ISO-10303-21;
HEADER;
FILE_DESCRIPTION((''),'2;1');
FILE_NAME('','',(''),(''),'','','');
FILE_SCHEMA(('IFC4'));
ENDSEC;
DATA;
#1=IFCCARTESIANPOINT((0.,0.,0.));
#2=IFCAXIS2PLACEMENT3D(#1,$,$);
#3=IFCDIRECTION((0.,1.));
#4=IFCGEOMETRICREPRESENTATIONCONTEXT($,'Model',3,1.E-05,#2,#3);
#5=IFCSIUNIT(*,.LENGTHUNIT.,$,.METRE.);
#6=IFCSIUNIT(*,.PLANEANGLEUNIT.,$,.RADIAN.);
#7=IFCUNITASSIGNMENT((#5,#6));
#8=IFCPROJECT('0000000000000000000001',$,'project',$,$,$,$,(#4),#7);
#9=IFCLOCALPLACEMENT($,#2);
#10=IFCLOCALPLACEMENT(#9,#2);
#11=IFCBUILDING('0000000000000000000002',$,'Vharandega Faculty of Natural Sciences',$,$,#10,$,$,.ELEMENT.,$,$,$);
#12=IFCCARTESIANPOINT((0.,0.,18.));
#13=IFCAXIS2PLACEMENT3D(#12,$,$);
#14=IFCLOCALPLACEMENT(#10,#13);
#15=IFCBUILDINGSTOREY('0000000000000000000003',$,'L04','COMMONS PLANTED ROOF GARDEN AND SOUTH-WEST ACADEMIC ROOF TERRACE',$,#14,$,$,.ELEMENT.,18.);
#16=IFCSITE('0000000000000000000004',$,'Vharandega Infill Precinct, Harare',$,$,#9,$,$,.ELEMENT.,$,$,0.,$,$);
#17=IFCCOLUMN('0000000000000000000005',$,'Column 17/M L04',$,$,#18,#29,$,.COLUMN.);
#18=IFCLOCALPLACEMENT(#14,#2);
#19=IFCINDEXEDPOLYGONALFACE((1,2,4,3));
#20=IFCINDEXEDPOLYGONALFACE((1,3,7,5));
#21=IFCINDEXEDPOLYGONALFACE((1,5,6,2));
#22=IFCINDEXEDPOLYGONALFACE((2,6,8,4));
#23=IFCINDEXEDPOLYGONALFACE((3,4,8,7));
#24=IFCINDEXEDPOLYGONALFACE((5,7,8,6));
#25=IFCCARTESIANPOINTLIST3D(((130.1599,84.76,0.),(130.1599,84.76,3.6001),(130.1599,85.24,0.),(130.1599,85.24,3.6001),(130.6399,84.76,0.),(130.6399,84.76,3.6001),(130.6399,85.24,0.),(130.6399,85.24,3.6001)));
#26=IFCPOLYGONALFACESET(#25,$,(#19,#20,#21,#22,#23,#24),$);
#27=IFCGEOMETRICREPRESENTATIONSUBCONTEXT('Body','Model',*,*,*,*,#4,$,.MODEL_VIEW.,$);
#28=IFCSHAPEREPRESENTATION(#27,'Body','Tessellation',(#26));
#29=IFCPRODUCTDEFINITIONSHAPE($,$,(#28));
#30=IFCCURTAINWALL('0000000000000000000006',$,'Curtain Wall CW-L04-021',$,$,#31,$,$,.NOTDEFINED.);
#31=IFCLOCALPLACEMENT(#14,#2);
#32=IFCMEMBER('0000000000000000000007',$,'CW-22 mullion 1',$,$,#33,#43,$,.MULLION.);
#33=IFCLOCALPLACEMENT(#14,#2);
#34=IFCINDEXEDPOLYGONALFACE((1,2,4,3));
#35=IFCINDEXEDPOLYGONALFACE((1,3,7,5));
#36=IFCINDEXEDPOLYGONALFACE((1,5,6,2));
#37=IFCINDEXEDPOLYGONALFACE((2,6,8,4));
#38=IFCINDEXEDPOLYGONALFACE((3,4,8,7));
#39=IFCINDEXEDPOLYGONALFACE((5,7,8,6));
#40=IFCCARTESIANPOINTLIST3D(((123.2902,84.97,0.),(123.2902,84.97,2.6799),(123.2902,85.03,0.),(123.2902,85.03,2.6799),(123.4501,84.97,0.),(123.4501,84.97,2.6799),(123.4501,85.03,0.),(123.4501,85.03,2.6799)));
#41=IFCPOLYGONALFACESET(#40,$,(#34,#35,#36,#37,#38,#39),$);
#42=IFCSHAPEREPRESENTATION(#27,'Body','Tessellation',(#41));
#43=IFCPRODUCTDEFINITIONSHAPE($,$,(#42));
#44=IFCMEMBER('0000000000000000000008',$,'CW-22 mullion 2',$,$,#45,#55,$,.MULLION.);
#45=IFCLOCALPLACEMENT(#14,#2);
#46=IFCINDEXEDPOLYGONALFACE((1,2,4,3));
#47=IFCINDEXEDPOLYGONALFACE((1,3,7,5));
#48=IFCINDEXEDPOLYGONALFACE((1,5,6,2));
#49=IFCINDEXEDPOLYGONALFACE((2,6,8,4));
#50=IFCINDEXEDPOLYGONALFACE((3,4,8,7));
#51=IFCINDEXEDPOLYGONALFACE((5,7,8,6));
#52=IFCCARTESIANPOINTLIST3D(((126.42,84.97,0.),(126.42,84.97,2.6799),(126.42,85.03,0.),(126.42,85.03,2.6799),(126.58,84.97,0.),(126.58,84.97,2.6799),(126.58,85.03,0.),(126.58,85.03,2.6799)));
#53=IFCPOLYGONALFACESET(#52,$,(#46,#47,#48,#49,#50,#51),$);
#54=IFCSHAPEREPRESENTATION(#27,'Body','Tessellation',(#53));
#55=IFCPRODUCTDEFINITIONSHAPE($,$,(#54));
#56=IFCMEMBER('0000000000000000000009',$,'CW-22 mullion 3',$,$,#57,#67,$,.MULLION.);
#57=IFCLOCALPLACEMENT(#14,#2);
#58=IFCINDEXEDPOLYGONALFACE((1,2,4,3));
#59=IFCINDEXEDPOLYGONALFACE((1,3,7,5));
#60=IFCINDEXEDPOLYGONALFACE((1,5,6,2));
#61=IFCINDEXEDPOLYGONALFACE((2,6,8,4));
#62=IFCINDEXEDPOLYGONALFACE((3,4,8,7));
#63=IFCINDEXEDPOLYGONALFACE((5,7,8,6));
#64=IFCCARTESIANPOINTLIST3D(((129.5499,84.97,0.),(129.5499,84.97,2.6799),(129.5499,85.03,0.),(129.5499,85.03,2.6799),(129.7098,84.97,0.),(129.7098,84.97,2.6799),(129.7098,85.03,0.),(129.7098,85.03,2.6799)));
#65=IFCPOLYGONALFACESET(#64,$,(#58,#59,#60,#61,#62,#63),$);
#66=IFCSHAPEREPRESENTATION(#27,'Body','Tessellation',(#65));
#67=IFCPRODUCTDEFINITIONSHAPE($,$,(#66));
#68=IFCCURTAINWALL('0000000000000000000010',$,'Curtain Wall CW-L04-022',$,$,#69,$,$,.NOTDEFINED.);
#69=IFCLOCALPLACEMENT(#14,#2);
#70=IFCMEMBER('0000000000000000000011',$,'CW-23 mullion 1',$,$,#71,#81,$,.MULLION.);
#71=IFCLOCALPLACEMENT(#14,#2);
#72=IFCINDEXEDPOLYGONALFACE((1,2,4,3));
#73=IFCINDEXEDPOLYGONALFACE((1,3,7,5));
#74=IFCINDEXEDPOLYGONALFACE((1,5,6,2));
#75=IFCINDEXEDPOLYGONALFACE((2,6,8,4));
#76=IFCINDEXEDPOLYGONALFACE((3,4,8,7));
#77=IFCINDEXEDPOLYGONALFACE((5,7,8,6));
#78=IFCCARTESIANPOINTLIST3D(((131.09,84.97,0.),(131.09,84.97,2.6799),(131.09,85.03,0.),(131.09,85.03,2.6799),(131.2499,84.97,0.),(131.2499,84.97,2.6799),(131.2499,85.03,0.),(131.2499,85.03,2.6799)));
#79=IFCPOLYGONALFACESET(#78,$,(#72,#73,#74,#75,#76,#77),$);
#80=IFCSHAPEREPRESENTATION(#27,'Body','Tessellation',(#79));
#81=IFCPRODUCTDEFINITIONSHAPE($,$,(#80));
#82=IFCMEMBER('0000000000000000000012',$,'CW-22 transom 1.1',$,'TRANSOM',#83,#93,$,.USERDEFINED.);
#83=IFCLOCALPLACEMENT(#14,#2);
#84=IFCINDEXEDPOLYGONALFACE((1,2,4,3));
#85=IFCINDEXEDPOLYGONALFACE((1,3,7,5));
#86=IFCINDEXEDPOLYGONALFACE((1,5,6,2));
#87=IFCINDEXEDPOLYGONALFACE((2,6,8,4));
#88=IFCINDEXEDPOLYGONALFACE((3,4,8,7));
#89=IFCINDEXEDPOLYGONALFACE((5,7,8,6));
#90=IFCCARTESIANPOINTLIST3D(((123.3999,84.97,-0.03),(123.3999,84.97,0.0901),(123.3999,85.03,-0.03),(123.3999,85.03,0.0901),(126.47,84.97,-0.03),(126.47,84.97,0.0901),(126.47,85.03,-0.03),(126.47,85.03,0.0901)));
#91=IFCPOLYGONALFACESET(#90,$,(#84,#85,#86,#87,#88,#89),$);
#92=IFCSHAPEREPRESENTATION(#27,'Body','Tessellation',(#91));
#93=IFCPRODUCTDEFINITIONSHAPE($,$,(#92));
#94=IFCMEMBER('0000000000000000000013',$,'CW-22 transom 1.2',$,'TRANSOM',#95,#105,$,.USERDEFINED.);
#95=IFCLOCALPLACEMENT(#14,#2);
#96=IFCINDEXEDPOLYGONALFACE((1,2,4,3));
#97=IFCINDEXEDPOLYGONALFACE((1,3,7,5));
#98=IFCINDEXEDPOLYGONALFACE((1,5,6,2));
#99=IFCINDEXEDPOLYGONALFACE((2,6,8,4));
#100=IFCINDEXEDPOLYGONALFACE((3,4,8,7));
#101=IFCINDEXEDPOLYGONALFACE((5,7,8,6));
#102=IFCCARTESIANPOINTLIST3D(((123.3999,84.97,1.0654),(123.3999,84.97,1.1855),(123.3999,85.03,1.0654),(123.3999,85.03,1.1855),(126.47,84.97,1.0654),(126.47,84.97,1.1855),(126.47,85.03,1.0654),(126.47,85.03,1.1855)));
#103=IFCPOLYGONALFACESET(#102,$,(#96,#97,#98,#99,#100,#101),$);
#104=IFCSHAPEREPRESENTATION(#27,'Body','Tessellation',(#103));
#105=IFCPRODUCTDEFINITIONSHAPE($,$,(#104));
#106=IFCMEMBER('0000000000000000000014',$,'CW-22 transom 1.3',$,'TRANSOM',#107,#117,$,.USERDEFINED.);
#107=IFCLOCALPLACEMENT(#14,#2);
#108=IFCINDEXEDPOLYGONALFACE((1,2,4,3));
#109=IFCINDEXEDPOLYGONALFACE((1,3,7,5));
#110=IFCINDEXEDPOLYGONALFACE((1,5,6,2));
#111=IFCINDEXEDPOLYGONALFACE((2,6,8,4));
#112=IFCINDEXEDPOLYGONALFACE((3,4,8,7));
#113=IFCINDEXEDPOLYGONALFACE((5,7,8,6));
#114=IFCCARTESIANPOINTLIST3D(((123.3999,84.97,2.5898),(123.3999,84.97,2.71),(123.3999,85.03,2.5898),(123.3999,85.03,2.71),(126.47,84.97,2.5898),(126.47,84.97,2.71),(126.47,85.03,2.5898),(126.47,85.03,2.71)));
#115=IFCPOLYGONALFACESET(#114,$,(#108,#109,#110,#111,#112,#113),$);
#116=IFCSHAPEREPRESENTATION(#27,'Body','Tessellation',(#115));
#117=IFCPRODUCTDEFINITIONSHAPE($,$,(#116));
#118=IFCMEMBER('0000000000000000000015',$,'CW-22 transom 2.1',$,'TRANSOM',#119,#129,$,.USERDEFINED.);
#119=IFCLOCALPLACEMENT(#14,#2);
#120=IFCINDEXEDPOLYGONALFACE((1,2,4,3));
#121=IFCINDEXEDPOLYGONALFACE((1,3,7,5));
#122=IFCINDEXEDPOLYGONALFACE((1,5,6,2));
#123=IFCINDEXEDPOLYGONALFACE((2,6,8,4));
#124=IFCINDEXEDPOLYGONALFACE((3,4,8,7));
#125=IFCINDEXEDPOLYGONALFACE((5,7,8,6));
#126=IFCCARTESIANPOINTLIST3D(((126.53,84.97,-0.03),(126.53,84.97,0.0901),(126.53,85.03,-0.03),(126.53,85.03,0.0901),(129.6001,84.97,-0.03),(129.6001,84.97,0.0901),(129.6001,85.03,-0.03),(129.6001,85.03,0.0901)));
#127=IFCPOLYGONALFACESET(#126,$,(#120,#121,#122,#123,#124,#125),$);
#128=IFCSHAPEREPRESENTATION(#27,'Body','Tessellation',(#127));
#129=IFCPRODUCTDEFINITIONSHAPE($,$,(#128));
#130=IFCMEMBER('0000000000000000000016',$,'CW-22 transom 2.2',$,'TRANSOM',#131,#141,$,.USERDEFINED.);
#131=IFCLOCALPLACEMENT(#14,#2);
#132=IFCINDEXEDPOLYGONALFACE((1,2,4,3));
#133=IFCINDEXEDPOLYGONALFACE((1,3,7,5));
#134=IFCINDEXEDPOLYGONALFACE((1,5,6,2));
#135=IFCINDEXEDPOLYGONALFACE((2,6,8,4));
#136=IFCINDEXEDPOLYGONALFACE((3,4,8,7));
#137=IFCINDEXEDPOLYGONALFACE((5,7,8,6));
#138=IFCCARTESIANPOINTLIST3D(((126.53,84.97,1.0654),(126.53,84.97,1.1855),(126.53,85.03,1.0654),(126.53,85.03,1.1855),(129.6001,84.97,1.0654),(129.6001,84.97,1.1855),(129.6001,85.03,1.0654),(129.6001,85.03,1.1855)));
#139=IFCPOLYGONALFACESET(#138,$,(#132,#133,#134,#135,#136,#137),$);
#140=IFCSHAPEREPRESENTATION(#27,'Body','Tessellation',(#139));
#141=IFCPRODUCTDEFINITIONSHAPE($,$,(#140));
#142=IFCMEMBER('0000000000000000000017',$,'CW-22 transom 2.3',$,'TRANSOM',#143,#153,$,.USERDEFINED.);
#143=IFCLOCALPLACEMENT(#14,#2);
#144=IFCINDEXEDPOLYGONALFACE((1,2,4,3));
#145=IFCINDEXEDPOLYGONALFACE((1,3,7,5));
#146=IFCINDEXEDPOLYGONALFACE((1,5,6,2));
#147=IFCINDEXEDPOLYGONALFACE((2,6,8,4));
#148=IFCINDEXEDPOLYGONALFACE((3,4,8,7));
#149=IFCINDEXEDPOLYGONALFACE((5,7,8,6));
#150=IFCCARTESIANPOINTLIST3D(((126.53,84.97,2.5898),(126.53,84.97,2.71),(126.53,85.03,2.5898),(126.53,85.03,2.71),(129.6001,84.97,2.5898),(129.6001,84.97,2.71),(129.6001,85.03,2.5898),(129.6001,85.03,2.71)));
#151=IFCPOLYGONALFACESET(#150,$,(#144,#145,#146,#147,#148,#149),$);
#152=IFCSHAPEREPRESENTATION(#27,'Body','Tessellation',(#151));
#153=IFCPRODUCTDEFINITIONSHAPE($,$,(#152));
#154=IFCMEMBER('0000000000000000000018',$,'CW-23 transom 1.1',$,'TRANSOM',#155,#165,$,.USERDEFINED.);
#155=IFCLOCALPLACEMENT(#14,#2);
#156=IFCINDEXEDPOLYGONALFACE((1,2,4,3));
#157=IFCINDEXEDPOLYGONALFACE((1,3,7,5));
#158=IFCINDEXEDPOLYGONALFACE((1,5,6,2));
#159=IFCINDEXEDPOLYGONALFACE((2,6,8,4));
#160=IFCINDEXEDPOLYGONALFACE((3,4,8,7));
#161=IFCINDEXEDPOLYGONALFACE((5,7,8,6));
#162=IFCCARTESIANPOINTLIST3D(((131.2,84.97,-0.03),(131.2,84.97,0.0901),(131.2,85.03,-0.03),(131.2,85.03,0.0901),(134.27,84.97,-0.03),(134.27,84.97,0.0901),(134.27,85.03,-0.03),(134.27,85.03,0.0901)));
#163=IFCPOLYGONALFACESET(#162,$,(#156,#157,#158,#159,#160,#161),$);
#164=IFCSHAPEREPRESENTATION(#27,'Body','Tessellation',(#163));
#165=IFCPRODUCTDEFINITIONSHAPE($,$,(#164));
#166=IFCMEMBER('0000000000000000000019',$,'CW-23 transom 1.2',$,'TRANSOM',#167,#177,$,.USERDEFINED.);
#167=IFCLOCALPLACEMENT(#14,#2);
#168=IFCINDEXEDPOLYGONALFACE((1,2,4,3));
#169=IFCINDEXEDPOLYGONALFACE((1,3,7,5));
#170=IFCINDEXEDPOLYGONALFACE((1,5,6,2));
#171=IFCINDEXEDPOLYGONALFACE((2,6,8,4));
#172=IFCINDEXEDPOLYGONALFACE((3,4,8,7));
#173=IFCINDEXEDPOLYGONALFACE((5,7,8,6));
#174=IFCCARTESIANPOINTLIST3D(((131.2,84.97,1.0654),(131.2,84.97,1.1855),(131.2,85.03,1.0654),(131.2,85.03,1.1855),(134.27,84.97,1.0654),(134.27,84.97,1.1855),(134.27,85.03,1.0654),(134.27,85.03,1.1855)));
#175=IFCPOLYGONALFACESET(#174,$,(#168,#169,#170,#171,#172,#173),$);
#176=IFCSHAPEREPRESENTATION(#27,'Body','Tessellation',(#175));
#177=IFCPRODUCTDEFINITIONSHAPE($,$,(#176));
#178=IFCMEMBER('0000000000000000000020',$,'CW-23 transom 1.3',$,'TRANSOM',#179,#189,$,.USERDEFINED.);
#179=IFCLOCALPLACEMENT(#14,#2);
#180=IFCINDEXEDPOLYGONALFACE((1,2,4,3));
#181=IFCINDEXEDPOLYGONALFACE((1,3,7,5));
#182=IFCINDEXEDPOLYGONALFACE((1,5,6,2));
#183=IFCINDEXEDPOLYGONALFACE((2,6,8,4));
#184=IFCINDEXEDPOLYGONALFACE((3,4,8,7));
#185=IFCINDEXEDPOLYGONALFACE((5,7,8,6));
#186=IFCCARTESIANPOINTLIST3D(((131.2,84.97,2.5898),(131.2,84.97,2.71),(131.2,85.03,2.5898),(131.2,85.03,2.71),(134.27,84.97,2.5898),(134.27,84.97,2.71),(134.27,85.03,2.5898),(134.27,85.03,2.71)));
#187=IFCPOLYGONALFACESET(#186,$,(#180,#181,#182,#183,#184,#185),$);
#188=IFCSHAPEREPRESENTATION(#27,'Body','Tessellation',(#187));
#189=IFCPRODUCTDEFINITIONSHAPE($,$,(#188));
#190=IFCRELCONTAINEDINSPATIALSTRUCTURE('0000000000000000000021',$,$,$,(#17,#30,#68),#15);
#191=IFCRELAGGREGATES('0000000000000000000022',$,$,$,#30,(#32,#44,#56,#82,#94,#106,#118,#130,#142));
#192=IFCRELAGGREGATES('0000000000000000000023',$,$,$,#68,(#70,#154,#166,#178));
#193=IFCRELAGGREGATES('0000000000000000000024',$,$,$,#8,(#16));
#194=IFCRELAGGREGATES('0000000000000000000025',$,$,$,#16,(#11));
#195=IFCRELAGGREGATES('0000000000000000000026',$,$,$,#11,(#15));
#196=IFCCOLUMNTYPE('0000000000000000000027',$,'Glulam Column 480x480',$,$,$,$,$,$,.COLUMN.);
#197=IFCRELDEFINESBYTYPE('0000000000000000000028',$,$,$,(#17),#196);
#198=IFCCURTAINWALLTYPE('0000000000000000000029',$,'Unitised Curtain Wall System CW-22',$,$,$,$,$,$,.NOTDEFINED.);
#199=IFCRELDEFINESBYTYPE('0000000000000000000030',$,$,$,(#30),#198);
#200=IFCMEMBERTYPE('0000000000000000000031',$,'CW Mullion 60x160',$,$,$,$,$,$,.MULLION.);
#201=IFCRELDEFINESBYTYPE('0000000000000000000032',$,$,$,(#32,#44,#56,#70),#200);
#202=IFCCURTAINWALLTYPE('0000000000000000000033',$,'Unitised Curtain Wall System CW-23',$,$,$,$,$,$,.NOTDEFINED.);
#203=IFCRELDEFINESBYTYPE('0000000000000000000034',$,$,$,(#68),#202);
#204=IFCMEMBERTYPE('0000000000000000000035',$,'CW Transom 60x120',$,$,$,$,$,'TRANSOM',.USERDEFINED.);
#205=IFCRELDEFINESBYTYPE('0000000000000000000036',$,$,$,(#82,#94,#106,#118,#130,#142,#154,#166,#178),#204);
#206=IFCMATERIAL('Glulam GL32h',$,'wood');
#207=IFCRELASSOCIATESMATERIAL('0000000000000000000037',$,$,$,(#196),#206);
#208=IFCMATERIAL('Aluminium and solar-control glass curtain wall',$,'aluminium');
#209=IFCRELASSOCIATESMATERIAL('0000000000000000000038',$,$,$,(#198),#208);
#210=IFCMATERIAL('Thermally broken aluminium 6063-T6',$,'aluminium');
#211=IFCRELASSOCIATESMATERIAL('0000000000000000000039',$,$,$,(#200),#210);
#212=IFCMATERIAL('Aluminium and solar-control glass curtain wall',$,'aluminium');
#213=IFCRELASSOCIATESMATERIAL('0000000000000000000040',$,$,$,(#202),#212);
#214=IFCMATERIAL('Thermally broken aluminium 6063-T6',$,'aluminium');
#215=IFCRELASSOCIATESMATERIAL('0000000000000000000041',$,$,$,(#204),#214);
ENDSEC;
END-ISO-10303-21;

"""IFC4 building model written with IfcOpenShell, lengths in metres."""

from ifc_helpers import new_model, si_unit, direction, frame, origin, origin_2d, place, context, subcontext, project, spatial, rectangle, extrude, material, material_profile, profile_set, type_object, element, aggregate, save


model = new_model("IFC4")

# Units and contexts
model_context = context("Model", 3, precision=1e-05, world=origin(), true_north=direction((0.0, 1.0)))
body_context = subcontext(model_context, "Body", "Model", "MODEL_VIEW")
ifc_project = project(units=[si_unit("LENGTHUNIT", "METRE"), si_unit("PLANEANGLEUNIT", "RADIAN")], contexts=[model_context])

# Site, building, storey
site_placement = place(None, origin())
site = spatial("IfcSite", under=ifc_project, at=site_placement, Name="Vharandega Infill Precinct, Harare", CompositionType="ELEMENT", RefElevation=0.0)
building_placement = place(site_placement, origin())
building = spatial("IfcBuilding", under=site, at=building_placement, Name="Vharandega Faculty of Natural Sciences", CompositionType="ELEMENT")
storey_placement = place(building_placement, frame((0.0, 0.0, 18.0)))
storey = spatial("IfcBuildingStorey", under=building, at=storey_placement, Name="L04", Description="COMMONS PLANTED ROOF GARDEN AND SOUTH-WEST ACADEMIC ROOF TERRACE", CompositionType="ELEMENT", Elevation=18.0)

# Column
ifc_material_1 = material(Name="Glulam GL32h", Category="wood")
ifc_material_profile_1 = material_profile(ifc_material_1, rectangle(XDim=0.48, YDim=0.48, at=origin_2d()), Name="GL32h 480x480")
ifc_profile_set_1 = profile_set([ifc_material_profile_1], Name="Glulam GL32h")
column_type = type_object("IfcColumnType", Name="Glulam Column 480x480", PredefinedType="COLUMN", material=ifc_profile_set_1)
column_placement = place(storey_placement, frame((130.3999, 85.0, 0.0), z_axis=(0.0, 0.0, 1.0), x_axis=(1.0, 0.0, 0.0)))
element("IfcColumn", 1, at=column_placement, inside=storey, type_object=column_type, Name="Column 17/M L04", PredefinedType="COLUMN", context=body_context, shape_type="SweptSolid", body=[
    extrude(rectangle(XDim=0.48, YDim=0.48, at=origin_2d()), origin(), (0.0, 0.0, 1.0), 3.6001),
])

# Curtain wall, members
ifc_material_2 = material(Name="Aluminium and solar-control glass curtain wall", Category="aluminium")
curtain_wall_type_1 = type_object("IfcCurtainWallType", Name="Unitised Curtain Wall System CW-22", PredefinedType="NOTDEFINED", material=ifc_material_2)
curtain_wall_1_placement = place(storey_placement, origin())
curtain_wall_1 = element("IfcCurtainWall", 2, at=curtain_wall_1_placement, inside=storey, type_object=curtain_wall_type_1, Name="Curtain Wall CW-L04-021", PredefinedType="NOTDEFINED")
ifc_material_3 = material(Name="Thermally broken aluminium 6063-T6", Category="aluminium")
ifc_material_profile_2 = material_profile(ifc_material_3, rectangle(XDim=0.0601, YDim=0.1599, at=origin_2d()), Name="ALU 60x160")
ifc_profile_set_2 = profile_set([ifc_material_profile_2], Name="Thermally broken aluminium 6063-T6")
member_type_1 = type_object("IfcMemberType", Name="CW Mullion 60x160", PredefinedType="MULLION", material=ifc_profile_set_2)
member_1_placement = place(storey_placement, frame((123.3701, 85.0, 0.0), z_axis=(0.0, 0.0, 1.0), x_axis=(0.0, 1.0, 0.0)))
member_1 = element("IfcMember", 3, at=member_1_placement, type_object=member_type_1, Name="CW-22 mullion 1", PredefinedType="MULLION", context=body_context, shape_type="SweptSolid", body=[
    extrude(rectangle(XDim=0.0601, YDim=0.1599, at=origin_2d()), origin(), (0.0, 0.0, 1.0), 2.6799),
])
member_2_placement = place(storey_placement, frame((126.5, 85.0, 0.0), z_axis=(0.0, 0.0, 1.0), x_axis=(0.0, 1.0, 0.0)))
member_2 = element("IfcMember", 4, at=member_2_placement, type_object=member_type_1, Name="CW-22 mullion 2", PredefinedType="MULLION", context=body_context, shape_type="SweptSolid", body=[
    extrude(rectangle(XDim=0.0601, YDim=0.1599, at=origin_2d()), origin(), (0.0, 0.0, 1.0), 2.6799),
])
member_3_placement = place(storey_placement, frame((129.6299, 85.0, 0.0), z_axis=(0.0, 0.0, 1.0), x_axis=(0.0, 1.0, 0.0)))
member_3 = element("IfcMember", 5, at=member_3_placement, type_object=member_type_1, Name="CW-22 mullion 3", PredefinedType="MULLION", context=body_context, shape_type="SweptSolid", body=[
    extrude(rectangle(XDim=0.0601, YDim=0.1599, at=origin_2d()), origin(), (0.0, 0.0, 1.0), 2.6799),
])

# Curtain wall, member
ifc_material_4 = material(Name="Aluminium and solar-control glass curtain wall", Category="aluminium")
curtain_wall_type_2 = type_object("IfcCurtainWallType", Name="Unitised Curtain Wall System CW-23", PredefinedType="NOTDEFINED", material=ifc_material_4)
curtain_wall_2_placement = place(storey_placement, origin())
curtain_wall_2 = element("IfcCurtainWall", 6, at=curtain_wall_2_placement, inside=storey, type_object=curtain_wall_type_2, Name="Curtain Wall CW-L04-022", PredefinedType="NOTDEFINED")
member_4_placement = place(storey_placement, frame((131.1699, 85.0, 0.0), z_axis=(0.0, 0.0, 1.0), x_axis=(0.0, 1.0, 0.0)))
member_4 = element("IfcMember", 7, at=member_4_placement, type_object=member_type_1, Name="CW-23 mullion 1", PredefinedType="MULLION", context=body_context, shape_type="SweptSolid", body=[
    extrude(rectangle(XDim=0.0601, YDim=0.1599, at=origin_2d()), origin(), (0.0, 0.0, 1.0), 2.6799),
])

# Members
ifc_material_5 = material(Name="Thermally broken aluminium 6063-T6", Category="aluminium")
ifc_material_profile_3 = material_profile(ifc_material_5, rectangle(XDim=0.0601, YDim=0.1201, at=origin_2d()), Name="ALU 60x120")
ifc_profile_set_3 = profile_set([ifc_material_profile_3], Name="Thermally broken aluminium 6063-T6")
member_type_2 = type_object("IfcMemberType", Name="CW Transom 60x120", ElementType="TRANSOM", PredefinedType="USERDEFINED", material=ifc_profile_set_3)
member_5_placement = place(storey_placement, frame((123.3999, 85.0, 0.03), z_axis=(1.0, 0.0, 0.0), x_axis=(0.0, 1.0, 0.0)))
member_5 = element("IfcMember", 8, at=member_5_placement, type_object=member_type_2, Name="CW-22 transom 1.1", ObjectType="TRANSOM", PredefinedType="USERDEFINED", context=body_context, shape_type="SweptSolid", body=[
    extrude(rectangle(XDim=0.0601, YDim=0.1201, at=origin_2d()), origin(), (0.0, 0.0, 1.0), 3.0701),
])
member_6_placement = place(storey_placement, frame((123.3999, 85.0, 1.1255), z_axis=(1.0, 0.0, 0.0), x_axis=(0.0, 1.0, 0.0)))
member_6 = element("IfcMember", 9, at=member_6_placement, type_object=member_type_2, Name="CW-22 transom 1.2", ObjectType="TRANSOM", PredefinedType="USERDEFINED", context=body_context, shape_type="SweptSolid", body=[
    extrude(rectangle(XDim=0.0601, YDim=0.1201, at=origin_2d()), origin(), (0.0, 0.0, 1.0), 3.0701),
])
member_7_placement = place(storey_placement, frame((123.3999, 85.0, 2.6499), z_axis=(1.0, 0.0, 0.0), x_axis=(0.0, 1.0, 0.0)))
member_7 = element("IfcMember", 10, at=member_7_placement, type_object=member_type_2, Name="CW-22 transom 1.3", ObjectType="TRANSOM", PredefinedType="USERDEFINED", context=body_context, shape_type="SweptSolid", body=[
    extrude(rectangle(XDim=0.0601, YDim=0.1201, at=origin_2d()), origin(), (0.0, 0.0, 1.0), 3.0701),
])
member_8_placement = place(storey_placement, frame((126.53, 85.0, 0.03), z_axis=(1.0, 0.0, 0.0), x_axis=(0.0, 1.0, 0.0)))
member_8 = element("IfcMember", 11, at=member_8_placement, type_object=member_type_2, Name="CW-22 transom 2.1", ObjectType="TRANSOM", PredefinedType="USERDEFINED", context=body_context, shape_type="SweptSolid", body=[
    extrude(rectangle(XDim=0.0601, YDim=0.1201, at=origin_2d()), origin(), (0.0, 0.0, 1.0), 3.0701),
])
member_9_placement = place(storey_placement, frame((126.53, 85.0, 1.1255), z_axis=(1.0, 0.0, 0.0), x_axis=(0.0, 1.0, 0.0)))
member_9 = element("IfcMember", 12, at=member_9_placement, type_object=member_type_2, Name="CW-22 transom 2.2", ObjectType="TRANSOM", PredefinedType="USERDEFINED", context=body_context, shape_type="SweptSolid", body=[
    extrude(rectangle(XDim=0.0601, YDim=0.1201, at=origin_2d()), origin(), (0.0, 0.0, 1.0), 3.0701),
])
member_10_placement = place(storey_placement, frame((126.53, 85.0, 2.6499), z_axis=(1.0, 0.0, 0.0), x_axis=(0.0, 1.0, 0.0)))
member_10 = element("IfcMember", 13, at=member_10_placement, type_object=member_type_2, Name="CW-22 transom 2.3", ObjectType="TRANSOM", PredefinedType="USERDEFINED", context=body_context, shape_type="SweptSolid", body=[
    extrude(rectangle(XDim=0.0601, YDim=0.1201, at=origin_2d()), origin(), (0.0, 0.0, 1.0), 3.0701),
])
member_11_placement = place(storey_placement, frame((131.2, 85.0, 0.03), z_axis=(1.0, 0.0, 0.0), x_axis=(0.0, 1.0, 0.0)))
member_11 = element("IfcMember", 14, at=member_11_placement, type_object=member_type_2, Name="CW-23 transom 1.1", ObjectType="TRANSOM", PredefinedType="USERDEFINED", context=body_context, shape_type="SweptSolid", body=[
    extrude(rectangle(XDim=0.0601, YDim=0.1201, at=origin_2d()), origin(), (0.0, 0.0, 1.0), 3.0701),
])
member_12_placement = place(storey_placement, frame((131.2, 85.0, 1.1255), z_axis=(1.0, 0.0, 0.0), x_axis=(0.0, 1.0, 0.0)))
member_12 = element("IfcMember", 15, at=member_12_placement, type_object=member_type_2, Name="CW-23 transom 1.2", ObjectType="TRANSOM", PredefinedType="USERDEFINED", context=body_context, shape_type="SweptSolid", body=[
    extrude(rectangle(XDim=0.0601, YDim=0.1201, at=origin_2d()), origin(), (0.0, 0.0, 1.0), 3.0701),
])
member_13_placement = place(storey_placement, frame((131.2, 85.0, 2.6499), z_axis=(1.0, 0.0, 0.0), x_axis=(0.0, 1.0, 0.0)))
member_13 = element("IfcMember", 16, at=member_13_placement, type_object=member_type_2, Name="CW-23 transom 1.3", ObjectType="TRANSOM", PredefinedType="USERDEFINED", context=body_context, shape_type="SweptSolid", body=[
    extrude(rectangle(XDim=0.0601, YDim=0.1201, at=origin_2d()), origin(), (0.0, 0.0, 1.0), 3.0701),
])

aggregate(curtain_wall_1, [member_1, member_2, member_3, member_5, member_6, member_7, member_8, member_9, member_10])
aggregate(curtain_wall_2, [member_4, member_11, member_12, member_13])

save(model, "model.ifc")
